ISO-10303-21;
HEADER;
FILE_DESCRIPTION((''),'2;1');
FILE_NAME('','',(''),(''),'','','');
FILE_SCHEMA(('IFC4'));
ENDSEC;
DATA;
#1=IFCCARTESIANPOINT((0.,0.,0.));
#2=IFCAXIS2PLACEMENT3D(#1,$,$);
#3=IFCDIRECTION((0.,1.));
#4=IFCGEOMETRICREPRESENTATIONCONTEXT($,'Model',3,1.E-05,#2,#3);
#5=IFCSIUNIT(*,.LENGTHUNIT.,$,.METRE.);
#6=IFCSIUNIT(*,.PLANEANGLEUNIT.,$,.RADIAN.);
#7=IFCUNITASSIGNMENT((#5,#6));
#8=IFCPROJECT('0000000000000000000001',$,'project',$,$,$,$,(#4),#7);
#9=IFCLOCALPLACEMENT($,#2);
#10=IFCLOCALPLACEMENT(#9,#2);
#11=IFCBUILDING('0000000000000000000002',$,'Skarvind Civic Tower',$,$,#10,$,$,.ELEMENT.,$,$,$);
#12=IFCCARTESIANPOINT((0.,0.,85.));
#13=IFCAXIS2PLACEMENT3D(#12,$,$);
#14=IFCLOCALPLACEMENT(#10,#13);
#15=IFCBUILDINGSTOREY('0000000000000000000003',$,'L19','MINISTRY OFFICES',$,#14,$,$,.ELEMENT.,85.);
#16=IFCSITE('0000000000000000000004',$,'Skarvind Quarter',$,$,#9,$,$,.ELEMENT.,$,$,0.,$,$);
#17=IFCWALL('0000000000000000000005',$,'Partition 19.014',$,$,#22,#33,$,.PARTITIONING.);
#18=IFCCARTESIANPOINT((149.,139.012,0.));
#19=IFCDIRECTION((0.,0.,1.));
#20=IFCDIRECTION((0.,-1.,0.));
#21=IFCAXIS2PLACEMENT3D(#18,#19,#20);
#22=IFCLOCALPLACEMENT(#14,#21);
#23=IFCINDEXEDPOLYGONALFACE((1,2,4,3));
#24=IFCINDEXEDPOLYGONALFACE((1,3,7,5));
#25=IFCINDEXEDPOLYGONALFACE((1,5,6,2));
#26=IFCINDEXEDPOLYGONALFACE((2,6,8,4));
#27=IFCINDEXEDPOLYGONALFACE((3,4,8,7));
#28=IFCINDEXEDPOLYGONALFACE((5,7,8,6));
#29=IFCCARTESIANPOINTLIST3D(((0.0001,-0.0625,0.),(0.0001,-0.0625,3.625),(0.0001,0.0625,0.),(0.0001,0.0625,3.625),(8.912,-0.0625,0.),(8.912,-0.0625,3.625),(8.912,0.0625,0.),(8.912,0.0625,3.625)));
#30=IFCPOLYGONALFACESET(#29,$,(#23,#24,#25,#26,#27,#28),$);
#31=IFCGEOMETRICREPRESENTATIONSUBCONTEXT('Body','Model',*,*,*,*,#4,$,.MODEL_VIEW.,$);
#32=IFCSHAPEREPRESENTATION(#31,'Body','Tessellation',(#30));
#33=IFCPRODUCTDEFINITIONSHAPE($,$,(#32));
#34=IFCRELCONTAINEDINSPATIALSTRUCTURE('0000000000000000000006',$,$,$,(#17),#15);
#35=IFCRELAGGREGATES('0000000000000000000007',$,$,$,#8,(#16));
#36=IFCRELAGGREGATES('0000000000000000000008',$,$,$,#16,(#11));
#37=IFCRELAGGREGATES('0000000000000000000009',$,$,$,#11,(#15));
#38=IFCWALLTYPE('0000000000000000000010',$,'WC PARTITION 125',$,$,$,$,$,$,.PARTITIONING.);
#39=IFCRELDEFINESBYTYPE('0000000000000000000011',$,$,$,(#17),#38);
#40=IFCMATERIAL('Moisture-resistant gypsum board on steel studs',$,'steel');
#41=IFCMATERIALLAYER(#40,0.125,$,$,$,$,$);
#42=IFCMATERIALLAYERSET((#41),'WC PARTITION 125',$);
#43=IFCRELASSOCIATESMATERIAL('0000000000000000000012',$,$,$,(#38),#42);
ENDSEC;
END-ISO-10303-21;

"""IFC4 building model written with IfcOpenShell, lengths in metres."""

from ifc_helpers import new_model, si_unit, direction, frame, frame_2d, origin, place, context, subcontext, project, spatial, rectangle, extrude, material, layer, layer_set, type_object, element, save


model = new_model("IFC4")

# Units and contexts
model_context = context("Model", 3, precision=1e-05, world=origin(), true_north=direction((0.0, 1.0)))
body_context = subcontext(model_context, "Body", "Model", "MODEL_VIEW")
ifc_project = project(units=[si_unit("LENGTHUNIT", "METRE"), si_unit("PLANEANGLEUNIT", "RADIAN")], contexts=[model_context])

# Site, building, storey
site_placement = place(None, origin())
site = spatial("IfcSite", under=ifc_project, at=site_placement, Name="Skarvind Quarter", CompositionType="ELEMENT", RefElevation=0.0)
building_placement = place(site_placement, origin())
building = spatial("IfcBuilding", under=site, at=building_placement, Name="Skarvind Civic Tower", CompositionType="ELEMENT")
storey_placement = place(building_placement, frame((0.0, 0.0, 85.0)))
storey = spatial("IfcBuildingStorey", under=building, at=storey_placement, Name="L19", Description="MINISTRY OFFICES", CompositionType="ELEMENT", Elevation=85.0)

# Shared definitions
ifc_material_1 = material(Name="Moisture-resistant gypsum board on steel studs", Category="steel")
ifc_layer_1 = layer(ifc_material_1, 0.125)
ifc_layer_set_1 = layer_set([ifc_layer_1], Name="WC PARTITION 125")
wall_type_1 = type_object("IfcWallType", Name="WC PARTITION 125", PredefinedType="PARTITIONING", material=ifc_layer_set_1)

# Wall
wall_1_placement = place(storey_placement, frame((149.0, 139.012, 0.0), z_axis=(0.0, 0.0, 1.0), x_axis=(0.0, -1.0, 0.0)))
element("IfcWall", 1, at=wall_1_placement, inside=storey, type_object=wall_type_1, Name="Partition 19.014", PredefinedType="PARTITIONING", context=body_context, shape_type="SweptSolid", body=[
    extrude(rectangle(XDim=8.9119, YDim=0.125, at=frame_2d((4.4561, 0.0))), origin(), (0.0, 0.0, 1.0), 3.625),
])

save(model, "model.ifc")
